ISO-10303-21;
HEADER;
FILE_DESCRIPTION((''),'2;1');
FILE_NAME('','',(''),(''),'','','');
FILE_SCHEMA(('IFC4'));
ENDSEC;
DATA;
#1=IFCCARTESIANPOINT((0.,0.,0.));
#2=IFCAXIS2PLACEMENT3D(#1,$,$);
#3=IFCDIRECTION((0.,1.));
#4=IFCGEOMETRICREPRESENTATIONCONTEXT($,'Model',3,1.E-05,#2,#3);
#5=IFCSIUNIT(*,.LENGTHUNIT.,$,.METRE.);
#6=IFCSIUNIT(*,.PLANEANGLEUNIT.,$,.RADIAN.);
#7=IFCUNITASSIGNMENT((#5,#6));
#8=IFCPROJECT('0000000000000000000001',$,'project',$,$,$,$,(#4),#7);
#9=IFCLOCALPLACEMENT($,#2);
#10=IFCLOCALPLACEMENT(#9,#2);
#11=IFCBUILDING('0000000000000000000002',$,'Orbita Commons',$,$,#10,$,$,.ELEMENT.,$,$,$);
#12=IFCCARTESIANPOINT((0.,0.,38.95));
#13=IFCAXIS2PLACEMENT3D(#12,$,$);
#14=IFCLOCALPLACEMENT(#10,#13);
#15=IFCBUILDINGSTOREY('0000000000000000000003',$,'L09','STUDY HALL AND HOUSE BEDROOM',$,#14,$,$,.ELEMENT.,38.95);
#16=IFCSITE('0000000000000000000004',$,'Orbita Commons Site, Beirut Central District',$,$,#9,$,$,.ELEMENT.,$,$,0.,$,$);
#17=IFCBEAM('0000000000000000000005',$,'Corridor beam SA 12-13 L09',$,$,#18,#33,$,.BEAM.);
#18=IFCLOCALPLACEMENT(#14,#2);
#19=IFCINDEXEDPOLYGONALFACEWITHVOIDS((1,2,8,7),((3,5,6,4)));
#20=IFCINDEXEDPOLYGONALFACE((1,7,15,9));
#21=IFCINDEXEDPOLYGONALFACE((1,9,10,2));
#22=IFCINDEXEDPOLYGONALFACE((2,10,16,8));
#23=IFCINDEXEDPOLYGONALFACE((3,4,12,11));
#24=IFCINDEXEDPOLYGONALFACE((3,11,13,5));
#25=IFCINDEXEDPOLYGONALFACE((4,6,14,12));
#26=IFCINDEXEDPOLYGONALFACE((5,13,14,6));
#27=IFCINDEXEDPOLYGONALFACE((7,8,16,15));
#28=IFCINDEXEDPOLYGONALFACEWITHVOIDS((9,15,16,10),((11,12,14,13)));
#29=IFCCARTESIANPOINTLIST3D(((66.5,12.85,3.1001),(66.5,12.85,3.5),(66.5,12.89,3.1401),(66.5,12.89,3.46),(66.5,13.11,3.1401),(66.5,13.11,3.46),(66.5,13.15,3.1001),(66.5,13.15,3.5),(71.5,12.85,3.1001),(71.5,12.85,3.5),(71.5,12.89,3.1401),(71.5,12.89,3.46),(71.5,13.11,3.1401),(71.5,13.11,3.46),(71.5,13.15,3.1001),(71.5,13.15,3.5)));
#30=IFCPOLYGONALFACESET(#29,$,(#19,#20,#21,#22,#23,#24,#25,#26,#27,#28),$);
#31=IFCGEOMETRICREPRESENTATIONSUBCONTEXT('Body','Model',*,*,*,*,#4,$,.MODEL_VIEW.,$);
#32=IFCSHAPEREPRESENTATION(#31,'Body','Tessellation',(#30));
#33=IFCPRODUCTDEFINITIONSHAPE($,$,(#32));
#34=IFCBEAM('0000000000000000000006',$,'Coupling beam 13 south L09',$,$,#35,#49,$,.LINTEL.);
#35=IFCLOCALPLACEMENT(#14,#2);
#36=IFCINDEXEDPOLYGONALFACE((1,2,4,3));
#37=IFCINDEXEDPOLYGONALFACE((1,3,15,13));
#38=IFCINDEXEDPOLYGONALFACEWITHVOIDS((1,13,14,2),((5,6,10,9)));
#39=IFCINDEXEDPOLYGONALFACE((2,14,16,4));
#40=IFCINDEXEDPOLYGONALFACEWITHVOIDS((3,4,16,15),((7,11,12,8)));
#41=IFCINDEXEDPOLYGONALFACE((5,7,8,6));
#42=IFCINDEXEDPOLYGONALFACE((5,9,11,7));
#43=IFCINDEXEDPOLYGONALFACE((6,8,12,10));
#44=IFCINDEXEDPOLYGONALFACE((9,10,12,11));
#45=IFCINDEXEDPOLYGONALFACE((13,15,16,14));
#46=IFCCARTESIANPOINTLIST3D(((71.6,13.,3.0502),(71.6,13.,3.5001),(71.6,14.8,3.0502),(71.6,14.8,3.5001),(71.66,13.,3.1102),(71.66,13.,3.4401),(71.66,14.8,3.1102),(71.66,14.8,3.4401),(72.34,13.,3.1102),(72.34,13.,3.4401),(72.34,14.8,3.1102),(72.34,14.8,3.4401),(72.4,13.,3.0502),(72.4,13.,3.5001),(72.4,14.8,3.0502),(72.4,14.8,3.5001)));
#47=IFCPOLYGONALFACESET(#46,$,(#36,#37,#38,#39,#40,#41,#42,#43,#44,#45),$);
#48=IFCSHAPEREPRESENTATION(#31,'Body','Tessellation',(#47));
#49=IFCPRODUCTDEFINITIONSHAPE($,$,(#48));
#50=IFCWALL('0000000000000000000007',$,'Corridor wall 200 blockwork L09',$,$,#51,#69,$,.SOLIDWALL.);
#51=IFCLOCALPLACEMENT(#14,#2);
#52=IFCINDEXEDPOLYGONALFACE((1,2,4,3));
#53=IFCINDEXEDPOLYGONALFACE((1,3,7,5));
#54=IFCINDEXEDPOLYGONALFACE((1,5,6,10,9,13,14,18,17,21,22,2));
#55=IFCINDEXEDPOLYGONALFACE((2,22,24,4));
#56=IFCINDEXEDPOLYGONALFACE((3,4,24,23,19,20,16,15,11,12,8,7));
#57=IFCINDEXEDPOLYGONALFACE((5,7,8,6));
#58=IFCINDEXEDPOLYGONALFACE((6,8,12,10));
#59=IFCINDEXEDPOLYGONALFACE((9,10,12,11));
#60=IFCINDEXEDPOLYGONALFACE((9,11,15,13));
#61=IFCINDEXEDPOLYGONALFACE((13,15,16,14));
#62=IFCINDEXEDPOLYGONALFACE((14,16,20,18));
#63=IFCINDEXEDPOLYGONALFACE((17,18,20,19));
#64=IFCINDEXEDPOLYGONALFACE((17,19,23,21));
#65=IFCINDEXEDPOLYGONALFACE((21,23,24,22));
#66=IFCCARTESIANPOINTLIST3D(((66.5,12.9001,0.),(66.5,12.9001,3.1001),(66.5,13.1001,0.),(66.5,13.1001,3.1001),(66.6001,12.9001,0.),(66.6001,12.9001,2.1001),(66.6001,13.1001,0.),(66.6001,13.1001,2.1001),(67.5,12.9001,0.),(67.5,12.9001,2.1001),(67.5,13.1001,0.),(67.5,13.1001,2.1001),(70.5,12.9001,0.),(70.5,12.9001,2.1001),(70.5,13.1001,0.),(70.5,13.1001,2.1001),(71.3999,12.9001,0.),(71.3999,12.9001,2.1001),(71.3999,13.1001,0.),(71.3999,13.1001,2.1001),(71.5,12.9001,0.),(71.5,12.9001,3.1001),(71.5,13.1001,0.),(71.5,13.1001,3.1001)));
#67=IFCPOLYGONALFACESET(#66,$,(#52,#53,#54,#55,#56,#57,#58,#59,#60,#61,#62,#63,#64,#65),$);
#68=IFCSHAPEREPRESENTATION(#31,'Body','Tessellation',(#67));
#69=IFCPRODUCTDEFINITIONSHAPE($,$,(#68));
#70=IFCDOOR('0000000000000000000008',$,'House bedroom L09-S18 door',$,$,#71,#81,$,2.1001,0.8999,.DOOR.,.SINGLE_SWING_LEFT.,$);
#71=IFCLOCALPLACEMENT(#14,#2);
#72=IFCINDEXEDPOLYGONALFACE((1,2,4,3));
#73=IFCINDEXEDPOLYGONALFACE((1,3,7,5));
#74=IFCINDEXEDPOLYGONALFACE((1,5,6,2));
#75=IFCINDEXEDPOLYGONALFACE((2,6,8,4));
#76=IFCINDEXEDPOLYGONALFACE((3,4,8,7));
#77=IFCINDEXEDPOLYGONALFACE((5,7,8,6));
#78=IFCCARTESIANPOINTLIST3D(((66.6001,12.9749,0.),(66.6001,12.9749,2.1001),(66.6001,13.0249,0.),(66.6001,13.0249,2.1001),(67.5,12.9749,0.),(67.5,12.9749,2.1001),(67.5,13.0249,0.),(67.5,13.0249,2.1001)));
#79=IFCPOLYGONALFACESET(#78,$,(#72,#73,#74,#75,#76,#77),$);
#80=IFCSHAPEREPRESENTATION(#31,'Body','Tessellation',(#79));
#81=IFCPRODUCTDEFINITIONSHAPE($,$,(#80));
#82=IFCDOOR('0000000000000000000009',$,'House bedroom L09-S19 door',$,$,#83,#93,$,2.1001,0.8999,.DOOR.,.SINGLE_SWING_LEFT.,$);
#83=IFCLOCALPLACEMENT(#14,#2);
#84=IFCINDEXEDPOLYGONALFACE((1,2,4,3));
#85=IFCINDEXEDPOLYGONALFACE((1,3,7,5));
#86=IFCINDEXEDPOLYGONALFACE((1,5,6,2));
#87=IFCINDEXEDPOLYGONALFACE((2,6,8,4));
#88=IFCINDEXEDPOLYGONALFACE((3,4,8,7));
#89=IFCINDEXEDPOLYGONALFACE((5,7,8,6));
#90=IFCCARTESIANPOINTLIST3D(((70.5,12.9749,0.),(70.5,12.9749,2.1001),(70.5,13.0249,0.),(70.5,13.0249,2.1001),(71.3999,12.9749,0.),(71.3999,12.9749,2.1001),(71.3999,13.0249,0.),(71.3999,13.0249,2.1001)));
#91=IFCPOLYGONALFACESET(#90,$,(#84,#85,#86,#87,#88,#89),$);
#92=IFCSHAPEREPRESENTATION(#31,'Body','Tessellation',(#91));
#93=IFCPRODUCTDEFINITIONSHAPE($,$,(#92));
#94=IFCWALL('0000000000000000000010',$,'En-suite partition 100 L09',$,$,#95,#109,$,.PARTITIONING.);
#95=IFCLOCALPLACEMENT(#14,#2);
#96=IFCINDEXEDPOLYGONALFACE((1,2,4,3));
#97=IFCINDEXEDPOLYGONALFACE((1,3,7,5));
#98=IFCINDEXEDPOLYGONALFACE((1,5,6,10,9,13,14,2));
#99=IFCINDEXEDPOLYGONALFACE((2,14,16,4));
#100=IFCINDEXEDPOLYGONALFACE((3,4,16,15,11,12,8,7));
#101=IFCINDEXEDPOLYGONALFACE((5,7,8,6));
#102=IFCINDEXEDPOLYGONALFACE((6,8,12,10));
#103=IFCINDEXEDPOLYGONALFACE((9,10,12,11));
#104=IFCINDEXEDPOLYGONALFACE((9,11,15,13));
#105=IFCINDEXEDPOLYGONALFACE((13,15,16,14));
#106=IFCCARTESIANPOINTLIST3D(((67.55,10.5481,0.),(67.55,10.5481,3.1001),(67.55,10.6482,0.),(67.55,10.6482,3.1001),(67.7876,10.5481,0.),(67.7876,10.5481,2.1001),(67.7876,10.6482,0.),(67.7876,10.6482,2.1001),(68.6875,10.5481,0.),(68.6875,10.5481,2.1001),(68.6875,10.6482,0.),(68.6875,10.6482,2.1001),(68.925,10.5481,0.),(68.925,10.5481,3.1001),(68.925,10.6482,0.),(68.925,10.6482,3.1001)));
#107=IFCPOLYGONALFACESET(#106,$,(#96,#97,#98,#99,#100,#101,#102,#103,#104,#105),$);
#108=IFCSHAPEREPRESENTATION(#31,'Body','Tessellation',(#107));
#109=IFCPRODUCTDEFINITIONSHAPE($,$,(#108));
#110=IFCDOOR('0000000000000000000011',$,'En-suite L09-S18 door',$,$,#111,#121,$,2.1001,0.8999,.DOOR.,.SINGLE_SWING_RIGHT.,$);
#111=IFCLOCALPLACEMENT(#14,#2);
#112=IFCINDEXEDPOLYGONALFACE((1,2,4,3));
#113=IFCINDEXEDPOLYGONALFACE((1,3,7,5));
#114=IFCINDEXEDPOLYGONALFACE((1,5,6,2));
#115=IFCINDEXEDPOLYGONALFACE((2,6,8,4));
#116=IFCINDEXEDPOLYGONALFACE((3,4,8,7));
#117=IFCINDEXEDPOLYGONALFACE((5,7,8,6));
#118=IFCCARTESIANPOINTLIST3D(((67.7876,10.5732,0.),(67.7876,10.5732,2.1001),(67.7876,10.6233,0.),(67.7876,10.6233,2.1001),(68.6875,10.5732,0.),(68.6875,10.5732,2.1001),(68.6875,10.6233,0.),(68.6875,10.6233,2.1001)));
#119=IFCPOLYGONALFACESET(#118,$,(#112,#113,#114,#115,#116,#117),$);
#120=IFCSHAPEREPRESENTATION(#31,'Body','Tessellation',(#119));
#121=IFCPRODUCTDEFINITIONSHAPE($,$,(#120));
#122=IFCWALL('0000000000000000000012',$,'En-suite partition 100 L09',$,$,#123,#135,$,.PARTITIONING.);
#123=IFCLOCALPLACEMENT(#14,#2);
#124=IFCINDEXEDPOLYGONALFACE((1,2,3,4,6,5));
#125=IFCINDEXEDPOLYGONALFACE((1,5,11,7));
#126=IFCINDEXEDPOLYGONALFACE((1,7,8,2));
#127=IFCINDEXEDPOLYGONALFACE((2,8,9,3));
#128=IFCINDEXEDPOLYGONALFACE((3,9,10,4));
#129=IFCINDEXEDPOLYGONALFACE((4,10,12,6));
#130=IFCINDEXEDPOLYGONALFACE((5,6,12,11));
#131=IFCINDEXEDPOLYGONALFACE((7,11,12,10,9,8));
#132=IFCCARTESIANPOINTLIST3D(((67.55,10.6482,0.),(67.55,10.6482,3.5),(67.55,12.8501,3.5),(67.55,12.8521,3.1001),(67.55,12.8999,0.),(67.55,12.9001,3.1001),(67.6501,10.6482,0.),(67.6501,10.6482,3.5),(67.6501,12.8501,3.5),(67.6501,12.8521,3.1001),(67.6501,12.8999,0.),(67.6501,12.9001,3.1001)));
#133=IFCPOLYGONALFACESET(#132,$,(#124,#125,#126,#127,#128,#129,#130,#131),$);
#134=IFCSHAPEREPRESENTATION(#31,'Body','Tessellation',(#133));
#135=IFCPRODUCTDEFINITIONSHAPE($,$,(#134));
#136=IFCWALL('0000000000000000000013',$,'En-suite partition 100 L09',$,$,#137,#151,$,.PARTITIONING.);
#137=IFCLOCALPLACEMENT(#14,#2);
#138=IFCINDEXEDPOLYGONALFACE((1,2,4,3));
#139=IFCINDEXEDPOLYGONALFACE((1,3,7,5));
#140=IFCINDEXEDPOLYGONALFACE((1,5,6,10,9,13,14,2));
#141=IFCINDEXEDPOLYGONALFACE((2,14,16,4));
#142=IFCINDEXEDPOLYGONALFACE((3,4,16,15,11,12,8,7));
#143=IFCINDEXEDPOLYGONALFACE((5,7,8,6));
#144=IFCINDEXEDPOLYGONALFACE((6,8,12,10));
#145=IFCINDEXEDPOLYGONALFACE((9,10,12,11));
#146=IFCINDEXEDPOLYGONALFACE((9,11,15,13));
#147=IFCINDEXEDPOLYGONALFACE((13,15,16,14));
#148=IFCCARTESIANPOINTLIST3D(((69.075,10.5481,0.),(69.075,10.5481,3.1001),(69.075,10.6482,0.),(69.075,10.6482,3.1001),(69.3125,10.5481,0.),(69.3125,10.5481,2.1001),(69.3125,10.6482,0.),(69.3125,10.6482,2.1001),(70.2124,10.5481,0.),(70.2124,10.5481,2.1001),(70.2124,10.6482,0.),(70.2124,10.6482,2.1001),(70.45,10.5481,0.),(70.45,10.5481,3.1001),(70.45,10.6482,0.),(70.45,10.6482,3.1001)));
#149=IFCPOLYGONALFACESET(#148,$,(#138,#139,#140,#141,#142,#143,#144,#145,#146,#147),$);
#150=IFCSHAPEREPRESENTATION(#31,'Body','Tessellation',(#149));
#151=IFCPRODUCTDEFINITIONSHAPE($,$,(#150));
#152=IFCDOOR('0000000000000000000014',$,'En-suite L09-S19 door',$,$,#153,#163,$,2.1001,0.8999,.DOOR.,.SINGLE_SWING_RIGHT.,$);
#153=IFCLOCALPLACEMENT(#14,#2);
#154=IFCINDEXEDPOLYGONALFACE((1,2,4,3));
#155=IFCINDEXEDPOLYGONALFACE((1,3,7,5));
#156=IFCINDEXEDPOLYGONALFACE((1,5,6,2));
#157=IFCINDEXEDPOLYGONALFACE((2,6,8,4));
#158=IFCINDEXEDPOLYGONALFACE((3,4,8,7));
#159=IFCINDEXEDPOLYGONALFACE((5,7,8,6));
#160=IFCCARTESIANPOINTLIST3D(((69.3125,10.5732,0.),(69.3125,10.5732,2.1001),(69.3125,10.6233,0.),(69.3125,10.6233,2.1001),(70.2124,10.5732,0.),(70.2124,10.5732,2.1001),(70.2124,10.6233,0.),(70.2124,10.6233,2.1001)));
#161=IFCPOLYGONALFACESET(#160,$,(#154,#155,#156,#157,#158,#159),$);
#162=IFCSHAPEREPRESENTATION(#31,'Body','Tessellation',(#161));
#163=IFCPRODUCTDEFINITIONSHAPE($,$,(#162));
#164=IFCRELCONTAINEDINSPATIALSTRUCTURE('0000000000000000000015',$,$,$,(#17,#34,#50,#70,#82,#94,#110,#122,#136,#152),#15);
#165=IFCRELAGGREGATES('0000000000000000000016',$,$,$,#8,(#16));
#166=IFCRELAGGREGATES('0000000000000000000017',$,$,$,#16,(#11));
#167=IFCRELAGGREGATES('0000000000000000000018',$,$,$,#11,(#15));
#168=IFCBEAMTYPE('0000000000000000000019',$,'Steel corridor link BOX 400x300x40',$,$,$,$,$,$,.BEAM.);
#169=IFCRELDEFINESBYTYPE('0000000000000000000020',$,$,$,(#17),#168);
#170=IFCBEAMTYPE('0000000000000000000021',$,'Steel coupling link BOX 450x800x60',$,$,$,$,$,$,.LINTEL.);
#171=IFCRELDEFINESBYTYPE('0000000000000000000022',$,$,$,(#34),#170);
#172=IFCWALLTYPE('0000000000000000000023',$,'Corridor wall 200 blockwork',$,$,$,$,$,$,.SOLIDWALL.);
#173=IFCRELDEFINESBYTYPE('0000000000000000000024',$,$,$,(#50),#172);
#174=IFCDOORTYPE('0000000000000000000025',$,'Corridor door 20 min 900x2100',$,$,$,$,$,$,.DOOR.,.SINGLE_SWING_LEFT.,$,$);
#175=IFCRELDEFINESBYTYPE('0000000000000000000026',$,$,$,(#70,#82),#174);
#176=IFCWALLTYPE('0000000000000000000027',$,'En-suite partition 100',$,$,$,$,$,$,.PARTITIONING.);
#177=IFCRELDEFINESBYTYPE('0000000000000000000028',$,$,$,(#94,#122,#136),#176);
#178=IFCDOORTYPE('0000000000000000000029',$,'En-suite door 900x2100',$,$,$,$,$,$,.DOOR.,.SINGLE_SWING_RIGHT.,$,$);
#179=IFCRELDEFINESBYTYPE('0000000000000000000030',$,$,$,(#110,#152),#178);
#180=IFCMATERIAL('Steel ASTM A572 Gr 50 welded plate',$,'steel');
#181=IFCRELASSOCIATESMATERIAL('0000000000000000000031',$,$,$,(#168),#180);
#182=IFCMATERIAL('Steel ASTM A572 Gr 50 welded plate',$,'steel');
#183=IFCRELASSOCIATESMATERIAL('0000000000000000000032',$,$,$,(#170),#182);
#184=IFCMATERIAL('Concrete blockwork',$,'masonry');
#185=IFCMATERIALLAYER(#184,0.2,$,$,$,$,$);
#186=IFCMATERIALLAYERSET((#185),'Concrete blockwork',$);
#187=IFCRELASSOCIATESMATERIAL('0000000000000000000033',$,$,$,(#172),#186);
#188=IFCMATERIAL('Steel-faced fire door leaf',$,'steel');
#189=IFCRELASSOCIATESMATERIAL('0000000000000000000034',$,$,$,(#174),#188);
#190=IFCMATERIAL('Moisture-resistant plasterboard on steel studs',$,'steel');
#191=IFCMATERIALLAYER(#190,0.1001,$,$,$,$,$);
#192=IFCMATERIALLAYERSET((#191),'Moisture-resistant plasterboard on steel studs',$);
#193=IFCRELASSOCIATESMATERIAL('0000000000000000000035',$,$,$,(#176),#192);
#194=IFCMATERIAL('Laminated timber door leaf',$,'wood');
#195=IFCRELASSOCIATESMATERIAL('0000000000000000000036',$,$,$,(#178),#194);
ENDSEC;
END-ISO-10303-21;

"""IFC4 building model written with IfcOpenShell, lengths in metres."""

from ifc_helpers import new_model, si_unit, direction, frame, frame_2d, origin, origin_2d, place, context, subcontext, project, spatial, polyline, rectangle, hollow_rectangle, outline, extrude, material, layer, layer_set, material_profile, profile_set, type_object, element, fill, save


model = new_model("IFC4")

# Units and contexts
model_context = context("Model", 3, precision=1e-05, world=origin(), true_north=direction((0.0, 1.0)))
body_context = subcontext(model_context, "Body", "Model", "MODEL_VIEW")
ifc_project = project(units=[si_unit("LENGTHUNIT", "METRE"), si_unit("PLANEANGLEUNIT", "RADIAN")], contexts=[model_context])

# Site, building, storey
site_placement = place(None, origin())
site = spatial("IfcSite", under=ifc_project, at=site_placement, Name="Orbita Commons Site, Beirut Central District", CompositionType="ELEMENT", RefElevation=0.0)
building_placement = place(site_placement, origin())
building = spatial("IfcBuilding", under=site, at=building_placement, Name="Orbita Commons", CompositionType="ELEMENT")
storey_placement = place(building_placement, frame((0.0, 0.0, 38.95)))
storey = spatial("IfcBuildingStorey", under=building, at=storey_placement, Name="L09", Description="STUDY HALL AND HOUSE BEDROOM", CompositionType="ELEMENT", Elevation=38.95)

# Beams
ifc_material_1 = material(Name="Steel ASTM A572 Gr 50 welded plate", Category="steel")
ifc_material_profile_1 = material_profile(ifc_material_1, hollow_rectangle(XDim=0.3, YDim=0.3999, WallThickness=0.04, at=origin_2d()), Name="BOX 400x300x40")
ifc_profile_set_1 = profile_set([ifc_material_profile_1], Name="Steel ASTM A572 Gr 50 welded plate")
beam_type_1 = type_object("IfcBeamType", Name="Steel corridor link BOX 400x300x40", PredefinedType="BEAM", material=ifc_profile_set_1)
beam_1_placement = place(storey_placement, frame((66.5, 13.0, 3.3), z_axis=(1.0, 0.0, 0.0), x_axis=(0.0, 1.0, 0.0)))
element("IfcBeam", 1, at=beam_1_placement, inside=storey, type_object=beam_type_1, Name="Corridor beam SA 12-13 L09", PredefinedType="BEAM", context=body_context, shape_type="SweptSolid", body=[
    extrude(hollow_rectangle(XDim=0.3, YDim=0.3999, WallThickness=0.04, at=origin_2d()), origin(), (0.0, 0.0, 1.0), 5.0),
])
ifc_material_2 = material(Name="Steel ASTM A572 Gr 50 welded plate", Category="steel")
ifc_material_profile_2 = material_profile(ifc_material_2, hollow_rectangle(XDim=0.8, YDim=0.45, WallThickness=0.0601, at=origin_2d()), Name="BOX 450x800x60")
ifc_profile_set_2 = profile_set([ifc_material_profile_2], Name="Steel ASTM A572 Gr 50 welded plate")
beam_type_2 = type_object("IfcBeamType", Name="Steel coupling link BOX 450x800x60", PredefinedType="LINTEL", material=ifc_profile_set_2)
beam_2_placement = place(storey_placement, frame((72.0, 13.0, 3.2751), z_axis=(0.0, 1.0, 0.0), x_axis=(-1.0, 0.0, 0.0)))
element("IfcBeam", 2, at=beam_2_placement, inside=storey, type_object=beam_type_2, Name="Coupling beam 13 south L09", PredefinedType="LINTEL", context=body_context, shape_type="SweptSolid", body=[
    extrude(hollow_rectangle(XDim=0.8, YDim=0.45, WallThickness=0.0601, at=origin_2d()), origin(), (0.0, 0.0, 1.0), 1.8),
])

# Wall, openings, doors
ifc_material_3 = material(Name="Concrete blockwork", Category="masonry")
ifc_layer_1 = layer(ifc_material_3, 0.2)
ifc_layer_set_1 = layer_set([ifc_layer_1], Name="Concrete blockwork")
wall_type_1 = type_object("IfcWallType", Name="Corridor wall 200 blockwork", PredefinedType="SOLIDWALL", material=ifc_layer_set_1)
wall_1_placement = place(storey_placement, frame((66.5, 13.0, 0.0), z_axis=(0.0, 0.0, 1.0), x_axis=(1.0, 0.0, 0.0)))
wall_1 = element("IfcWall", 3, at=wall_1_placement, inside=storey, type_object=wall_type_1, Name="Corridor wall 200 blockwork L09", PredefinedType="SOLIDWALL", context=body_context, shape_type="SweptSolid", body=[
    extrude(outline(polyline([(0.0, 0.0), (5.0, 0.0), (5.0, 3.1001), (0.0, 3.1001), (0.0, 0.0)])), frame((0.0, 0.1001, 0.0), z_axis=(0.0, -1.0, 0.0), x_axis=(1.0, 0.0, 0.0)), (0.0, 0.0, 1.0), 0.2),
])
opening_1_placement = place(wall_1_placement, frame((0.1001, 0.0, 0.0)))
opening_1 = element("IfcOpeningElement", 4, at=opening_1_placement, cuts=wall_1, PredefinedType="OPENING", context=body_context, shape_type="SweptSolid", body=[
    extrude(rectangle(XDim=0.8999, YDim=2.1001, at=frame_2d((0.45, 1.05))), frame((0.0, 0.1099, 0.0), z_axis=(0.0, -1.0, 0.0), x_axis=(1.0, 0.0, 0.0)), (0.0, 0.0, 1.0), 0.22),
])
opening_2_placement = place(wall_1_placement, frame((4.0, 0.0, 0.0)))
opening_2 = element("IfcOpeningElement", 5, at=opening_2_placement, cuts=wall_1, PredefinedType="OPENING", context=body_context, shape_type="SweptSolid", body=[
    extrude(rectangle(XDim=0.8999, YDim=2.1001, at=frame_2d((0.45, 1.05))), frame((0.0, 0.1099, 0.0), z_axis=(0.0, -1.0, 0.0), x_axis=(1.0, 0.0, 0.0)), (0.0, 0.0, 1.0), 0.22),
])
ifc_material_4 = material(Name="Steel-faced fire door leaf", Category="steel")
door_type_1 = type_object("IfcDoorType", Name="Corridor door 20 min 900x2100", OperationType="SINGLE_SWING_LEFT", PredefinedType="DOOR", material=ifc_material_4)
door_1_placement = place(opening_1_placement, origin())
door_1 = element("IfcDoor", 6, at=door_1_placement, inside=storey, type_object=door_type_1, Name="House bedroom L09-S18 door", OperationType="SINGLE_SWING_LEFT", OverallHeight=2.1001, OverallWidth=0.8999, PredefinedType="DOOR", context=body_context, shape_type="SweptSolid", body=[
    extrude(rectangle(XDim=0.8999, YDim=2.1001, at=frame_2d((0.45, 1.05))), frame((0.0, 0.0249, 0.0), z_axis=(0.0, -1.0, 0.0), x_axis=(1.0, 0.0, 0.0)), (0.0, 0.0, 1.0), 0.05),
])
fill(opening_1, door_1)
door_2_placement = place(opening_2_placement, origin())
door_2 = element("IfcDoor", 7, at=door_2_placement, inside=storey, type_object=door_type_1, Name="House bedroom L09-S19 door", OperationType="SINGLE_SWING_LEFT", OverallHeight=2.1001, OverallWidth=0.8999, PredefinedType="DOOR", context=body_context, shape_type="SweptSolid", body=[
    extrude(rectangle(XDim=0.8999, YDim=2.1001, at=frame_2d((0.45, 1.05))), frame((0.0, 0.0249, 0.0), z_axis=(0.0, -1.0, 0.0), x_axis=(1.0, 0.0, 0.0)), (0.0, 0.0, 1.0), 0.05),
])
fill(opening_2, door_2)

# Wall, opening, door
ifc_material_5 = material(Name="Moisture-resistant plasterboard on steel studs", Category="steel")
ifc_layer_2 = layer(ifc_material_5, 0.1001)
ifc_layer_set_2 = layer_set([ifc_layer_2], Name="Moisture-resistant plasterboard on steel studs")
wall_type_2 = type_object("IfcWallType", Name="En-suite partition 100", PredefinedType="PARTITIONING", material=ifc_layer_set_2)
wall_2_placement = place(storey_placement, frame((68.925, 10.5981, 0.0), z_axis=(0.0, 0.0, 1.0), x_axis=(-1.0, 0.0, 0.0)))
wall_2 = element("IfcWall", 8, at=wall_2_placement, inside=storey, type_object=wall_type_2, Name="En-suite partition 100 L09", PredefinedType="PARTITIONING", context=body_context, shape_type="SweptSolid", body=[
    extrude(outline(polyline([(0.0, 0.0), (1.375, 0.0), (1.375, 3.1001), (0.0, 3.1001), (0.0, 0.0)])), frame((0.0, 0.05, 0.0), z_axis=(0.0, -1.0, 0.0), x_axis=(1.0, 0.0, 0.0)), (0.0, 0.0, 1.0), 0.1001),
])
opening_3_placement = place(wall_2_placement, frame((0.2375, 0.0, 0.0)))
opening_3 = element("IfcOpeningElement", 9, at=opening_3_placement, cuts=wall_2, PredefinedType="OPENING", context=body_context, shape_type="SweptSolid", body=[
    extrude(rectangle(XDim=0.8999, YDim=2.1001, at=frame_2d((0.45, 1.05))), frame((0.0, 0.0601, 0.0), z_axis=(0.0, -1.0, 0.0), x_axis=(1.0, 0.0, 0.0)), (0.0, 0.0, 1.0), 0.1201),
])
ifc_material_6 = material(Name="Laminated timber door leaf", Category="wood")
door_type_2 = type_object("IfcDoorType", Name="En-suite door 900x2100", OperationType="SINGLE_SWING_RIGHT", PredefinedType="DOOR", material=ifc_material_6)
door_3_placement = place(opening_3_placement, origin())
door_3 = element("IfcDoor", 10, at=door_3_placement, inside=storey, type_object=door_type_2, Name="En-suite L09-S18 door", OperationType="SINGLE_SWING_RIGHT", OverallHeight=2.1001, OverallWidth=0.8999, PredefinedType="DOOR", context=body_context, shape_type="SweptSolid", body=[
    extrude(rectangle(XDim=0.8999, YDim=2.1001, at=frame_2d((0.45, 1.05))), frame((0.0, 0.0249, 0.0), z_axis=(0.0, -1.0, 0.0), x_axis=(1.0, 0.0, 0.0)), (0.0, 0.0, 1.0), 0.05),
])
fill(opening_3, door_3)

# Wall
wall_3_placement = place(storey_placement, frame((67.6001, 10.6482, 0.0), z_axis=(0.0, 0.0, 1.0), x_axis=(0.0, 1.0, 0.0)))
element("IfcWall", 11, at=wall_3_placement, inside=storey, type_object=wall_type_2, Name="En-suite partition 100 L09", PredefinedType="PARTITIONING", context=body_context, shape_type="SweptSolid", body=[
    extrude(outline(polyline([(0.0, 0.0), (2.2517, 0.0), (2.252, 3.1001), (2.2039, 3.1001), (2.2019, 3.5), (0.0, 3.5), (0.0, 0.0)])), frame((0.0, 0.05, 0.0), z_axis=(0.0, -1.0, 0.0), x_axis=(1.0, 0.0, 0.0)), (0.0, 0.0, 1.0), 0.1001),
])

# Wall, opening, door
wall_4_placement = place(storey_placement, frame((70.45, 10.5981, 0.0), z_axis=(0.0, 0.0, 1.0), x_axis=(-1.0, 0.0, 0.0)))
wall_4 = element("IfcWall", 12, at=wall_4_placement, inside=storey, type_object=wall_type_2, Name="En-suite partition 100 L09", PredefinedType="PARTITIONING", context=body_context, shape_type="SweptSolid", body=[
    extrude(outline(polyline([(0.0, 0.0), (1.375, 0.0), (1.375, 3.1001), (0.0, 3.1001), (0.0, 0.0)])), frame((0.0, 0.05, 0.0), z_axis=(0.0, -1.0, 0.0), x_axis=(1.0, 0.0, 0.0)), (0.0, 0.0, 1.0), 0.1001),
])
opening_4_placement = place(wall_4_placement, frame((0.2375, 0.0, 0.0)))
opening_4 = element("IfcOpeningElement", 13, at=opening_4_placement, cuts=wall_4, PredefinedType="OPENING", context=body_context, shape_type="SweptSolid", body=[
    extrude(rectangle(XDim=0.8999, YDim=2.1001, at=frame_2d((0.45, 1.05))), frame((0.0, 0.0601, 0.0), z_axis=(0.0, -1.0, 0.0), x_axis=(1.0, 0.0, 0.0)), (0.0, 0.0, 1.0), 0.1201),
])
door_4_placement = place(opening_4_placement, origin())
door_4 = element("IfcDoor", 14, at=door_4_placement, inside=storey, type_object=door_type_2, Name="En-suite L09-S19 door", OperationType="SINGLE_SWING_RIGHT", OverallHeight=2.1001, OverallWidth=0.8999, PredefinedType="DOOR", context=body_context, shape_type="SweptSolid", body=[
    extrude(rectangle(XDim=0.8999, YDim=2.1001, at=frame_2d((0.45, 1.05))), frame((0.0, 0.0249, 0.0), z_axis=(0.0, -1.0, 0.0), x_axis=(1.0, 0.0, 0.0)), (0.0, 0.0, 1.0), 0.05),
])
fill(opening_4, door_4)

save(model, "model.ifc")
